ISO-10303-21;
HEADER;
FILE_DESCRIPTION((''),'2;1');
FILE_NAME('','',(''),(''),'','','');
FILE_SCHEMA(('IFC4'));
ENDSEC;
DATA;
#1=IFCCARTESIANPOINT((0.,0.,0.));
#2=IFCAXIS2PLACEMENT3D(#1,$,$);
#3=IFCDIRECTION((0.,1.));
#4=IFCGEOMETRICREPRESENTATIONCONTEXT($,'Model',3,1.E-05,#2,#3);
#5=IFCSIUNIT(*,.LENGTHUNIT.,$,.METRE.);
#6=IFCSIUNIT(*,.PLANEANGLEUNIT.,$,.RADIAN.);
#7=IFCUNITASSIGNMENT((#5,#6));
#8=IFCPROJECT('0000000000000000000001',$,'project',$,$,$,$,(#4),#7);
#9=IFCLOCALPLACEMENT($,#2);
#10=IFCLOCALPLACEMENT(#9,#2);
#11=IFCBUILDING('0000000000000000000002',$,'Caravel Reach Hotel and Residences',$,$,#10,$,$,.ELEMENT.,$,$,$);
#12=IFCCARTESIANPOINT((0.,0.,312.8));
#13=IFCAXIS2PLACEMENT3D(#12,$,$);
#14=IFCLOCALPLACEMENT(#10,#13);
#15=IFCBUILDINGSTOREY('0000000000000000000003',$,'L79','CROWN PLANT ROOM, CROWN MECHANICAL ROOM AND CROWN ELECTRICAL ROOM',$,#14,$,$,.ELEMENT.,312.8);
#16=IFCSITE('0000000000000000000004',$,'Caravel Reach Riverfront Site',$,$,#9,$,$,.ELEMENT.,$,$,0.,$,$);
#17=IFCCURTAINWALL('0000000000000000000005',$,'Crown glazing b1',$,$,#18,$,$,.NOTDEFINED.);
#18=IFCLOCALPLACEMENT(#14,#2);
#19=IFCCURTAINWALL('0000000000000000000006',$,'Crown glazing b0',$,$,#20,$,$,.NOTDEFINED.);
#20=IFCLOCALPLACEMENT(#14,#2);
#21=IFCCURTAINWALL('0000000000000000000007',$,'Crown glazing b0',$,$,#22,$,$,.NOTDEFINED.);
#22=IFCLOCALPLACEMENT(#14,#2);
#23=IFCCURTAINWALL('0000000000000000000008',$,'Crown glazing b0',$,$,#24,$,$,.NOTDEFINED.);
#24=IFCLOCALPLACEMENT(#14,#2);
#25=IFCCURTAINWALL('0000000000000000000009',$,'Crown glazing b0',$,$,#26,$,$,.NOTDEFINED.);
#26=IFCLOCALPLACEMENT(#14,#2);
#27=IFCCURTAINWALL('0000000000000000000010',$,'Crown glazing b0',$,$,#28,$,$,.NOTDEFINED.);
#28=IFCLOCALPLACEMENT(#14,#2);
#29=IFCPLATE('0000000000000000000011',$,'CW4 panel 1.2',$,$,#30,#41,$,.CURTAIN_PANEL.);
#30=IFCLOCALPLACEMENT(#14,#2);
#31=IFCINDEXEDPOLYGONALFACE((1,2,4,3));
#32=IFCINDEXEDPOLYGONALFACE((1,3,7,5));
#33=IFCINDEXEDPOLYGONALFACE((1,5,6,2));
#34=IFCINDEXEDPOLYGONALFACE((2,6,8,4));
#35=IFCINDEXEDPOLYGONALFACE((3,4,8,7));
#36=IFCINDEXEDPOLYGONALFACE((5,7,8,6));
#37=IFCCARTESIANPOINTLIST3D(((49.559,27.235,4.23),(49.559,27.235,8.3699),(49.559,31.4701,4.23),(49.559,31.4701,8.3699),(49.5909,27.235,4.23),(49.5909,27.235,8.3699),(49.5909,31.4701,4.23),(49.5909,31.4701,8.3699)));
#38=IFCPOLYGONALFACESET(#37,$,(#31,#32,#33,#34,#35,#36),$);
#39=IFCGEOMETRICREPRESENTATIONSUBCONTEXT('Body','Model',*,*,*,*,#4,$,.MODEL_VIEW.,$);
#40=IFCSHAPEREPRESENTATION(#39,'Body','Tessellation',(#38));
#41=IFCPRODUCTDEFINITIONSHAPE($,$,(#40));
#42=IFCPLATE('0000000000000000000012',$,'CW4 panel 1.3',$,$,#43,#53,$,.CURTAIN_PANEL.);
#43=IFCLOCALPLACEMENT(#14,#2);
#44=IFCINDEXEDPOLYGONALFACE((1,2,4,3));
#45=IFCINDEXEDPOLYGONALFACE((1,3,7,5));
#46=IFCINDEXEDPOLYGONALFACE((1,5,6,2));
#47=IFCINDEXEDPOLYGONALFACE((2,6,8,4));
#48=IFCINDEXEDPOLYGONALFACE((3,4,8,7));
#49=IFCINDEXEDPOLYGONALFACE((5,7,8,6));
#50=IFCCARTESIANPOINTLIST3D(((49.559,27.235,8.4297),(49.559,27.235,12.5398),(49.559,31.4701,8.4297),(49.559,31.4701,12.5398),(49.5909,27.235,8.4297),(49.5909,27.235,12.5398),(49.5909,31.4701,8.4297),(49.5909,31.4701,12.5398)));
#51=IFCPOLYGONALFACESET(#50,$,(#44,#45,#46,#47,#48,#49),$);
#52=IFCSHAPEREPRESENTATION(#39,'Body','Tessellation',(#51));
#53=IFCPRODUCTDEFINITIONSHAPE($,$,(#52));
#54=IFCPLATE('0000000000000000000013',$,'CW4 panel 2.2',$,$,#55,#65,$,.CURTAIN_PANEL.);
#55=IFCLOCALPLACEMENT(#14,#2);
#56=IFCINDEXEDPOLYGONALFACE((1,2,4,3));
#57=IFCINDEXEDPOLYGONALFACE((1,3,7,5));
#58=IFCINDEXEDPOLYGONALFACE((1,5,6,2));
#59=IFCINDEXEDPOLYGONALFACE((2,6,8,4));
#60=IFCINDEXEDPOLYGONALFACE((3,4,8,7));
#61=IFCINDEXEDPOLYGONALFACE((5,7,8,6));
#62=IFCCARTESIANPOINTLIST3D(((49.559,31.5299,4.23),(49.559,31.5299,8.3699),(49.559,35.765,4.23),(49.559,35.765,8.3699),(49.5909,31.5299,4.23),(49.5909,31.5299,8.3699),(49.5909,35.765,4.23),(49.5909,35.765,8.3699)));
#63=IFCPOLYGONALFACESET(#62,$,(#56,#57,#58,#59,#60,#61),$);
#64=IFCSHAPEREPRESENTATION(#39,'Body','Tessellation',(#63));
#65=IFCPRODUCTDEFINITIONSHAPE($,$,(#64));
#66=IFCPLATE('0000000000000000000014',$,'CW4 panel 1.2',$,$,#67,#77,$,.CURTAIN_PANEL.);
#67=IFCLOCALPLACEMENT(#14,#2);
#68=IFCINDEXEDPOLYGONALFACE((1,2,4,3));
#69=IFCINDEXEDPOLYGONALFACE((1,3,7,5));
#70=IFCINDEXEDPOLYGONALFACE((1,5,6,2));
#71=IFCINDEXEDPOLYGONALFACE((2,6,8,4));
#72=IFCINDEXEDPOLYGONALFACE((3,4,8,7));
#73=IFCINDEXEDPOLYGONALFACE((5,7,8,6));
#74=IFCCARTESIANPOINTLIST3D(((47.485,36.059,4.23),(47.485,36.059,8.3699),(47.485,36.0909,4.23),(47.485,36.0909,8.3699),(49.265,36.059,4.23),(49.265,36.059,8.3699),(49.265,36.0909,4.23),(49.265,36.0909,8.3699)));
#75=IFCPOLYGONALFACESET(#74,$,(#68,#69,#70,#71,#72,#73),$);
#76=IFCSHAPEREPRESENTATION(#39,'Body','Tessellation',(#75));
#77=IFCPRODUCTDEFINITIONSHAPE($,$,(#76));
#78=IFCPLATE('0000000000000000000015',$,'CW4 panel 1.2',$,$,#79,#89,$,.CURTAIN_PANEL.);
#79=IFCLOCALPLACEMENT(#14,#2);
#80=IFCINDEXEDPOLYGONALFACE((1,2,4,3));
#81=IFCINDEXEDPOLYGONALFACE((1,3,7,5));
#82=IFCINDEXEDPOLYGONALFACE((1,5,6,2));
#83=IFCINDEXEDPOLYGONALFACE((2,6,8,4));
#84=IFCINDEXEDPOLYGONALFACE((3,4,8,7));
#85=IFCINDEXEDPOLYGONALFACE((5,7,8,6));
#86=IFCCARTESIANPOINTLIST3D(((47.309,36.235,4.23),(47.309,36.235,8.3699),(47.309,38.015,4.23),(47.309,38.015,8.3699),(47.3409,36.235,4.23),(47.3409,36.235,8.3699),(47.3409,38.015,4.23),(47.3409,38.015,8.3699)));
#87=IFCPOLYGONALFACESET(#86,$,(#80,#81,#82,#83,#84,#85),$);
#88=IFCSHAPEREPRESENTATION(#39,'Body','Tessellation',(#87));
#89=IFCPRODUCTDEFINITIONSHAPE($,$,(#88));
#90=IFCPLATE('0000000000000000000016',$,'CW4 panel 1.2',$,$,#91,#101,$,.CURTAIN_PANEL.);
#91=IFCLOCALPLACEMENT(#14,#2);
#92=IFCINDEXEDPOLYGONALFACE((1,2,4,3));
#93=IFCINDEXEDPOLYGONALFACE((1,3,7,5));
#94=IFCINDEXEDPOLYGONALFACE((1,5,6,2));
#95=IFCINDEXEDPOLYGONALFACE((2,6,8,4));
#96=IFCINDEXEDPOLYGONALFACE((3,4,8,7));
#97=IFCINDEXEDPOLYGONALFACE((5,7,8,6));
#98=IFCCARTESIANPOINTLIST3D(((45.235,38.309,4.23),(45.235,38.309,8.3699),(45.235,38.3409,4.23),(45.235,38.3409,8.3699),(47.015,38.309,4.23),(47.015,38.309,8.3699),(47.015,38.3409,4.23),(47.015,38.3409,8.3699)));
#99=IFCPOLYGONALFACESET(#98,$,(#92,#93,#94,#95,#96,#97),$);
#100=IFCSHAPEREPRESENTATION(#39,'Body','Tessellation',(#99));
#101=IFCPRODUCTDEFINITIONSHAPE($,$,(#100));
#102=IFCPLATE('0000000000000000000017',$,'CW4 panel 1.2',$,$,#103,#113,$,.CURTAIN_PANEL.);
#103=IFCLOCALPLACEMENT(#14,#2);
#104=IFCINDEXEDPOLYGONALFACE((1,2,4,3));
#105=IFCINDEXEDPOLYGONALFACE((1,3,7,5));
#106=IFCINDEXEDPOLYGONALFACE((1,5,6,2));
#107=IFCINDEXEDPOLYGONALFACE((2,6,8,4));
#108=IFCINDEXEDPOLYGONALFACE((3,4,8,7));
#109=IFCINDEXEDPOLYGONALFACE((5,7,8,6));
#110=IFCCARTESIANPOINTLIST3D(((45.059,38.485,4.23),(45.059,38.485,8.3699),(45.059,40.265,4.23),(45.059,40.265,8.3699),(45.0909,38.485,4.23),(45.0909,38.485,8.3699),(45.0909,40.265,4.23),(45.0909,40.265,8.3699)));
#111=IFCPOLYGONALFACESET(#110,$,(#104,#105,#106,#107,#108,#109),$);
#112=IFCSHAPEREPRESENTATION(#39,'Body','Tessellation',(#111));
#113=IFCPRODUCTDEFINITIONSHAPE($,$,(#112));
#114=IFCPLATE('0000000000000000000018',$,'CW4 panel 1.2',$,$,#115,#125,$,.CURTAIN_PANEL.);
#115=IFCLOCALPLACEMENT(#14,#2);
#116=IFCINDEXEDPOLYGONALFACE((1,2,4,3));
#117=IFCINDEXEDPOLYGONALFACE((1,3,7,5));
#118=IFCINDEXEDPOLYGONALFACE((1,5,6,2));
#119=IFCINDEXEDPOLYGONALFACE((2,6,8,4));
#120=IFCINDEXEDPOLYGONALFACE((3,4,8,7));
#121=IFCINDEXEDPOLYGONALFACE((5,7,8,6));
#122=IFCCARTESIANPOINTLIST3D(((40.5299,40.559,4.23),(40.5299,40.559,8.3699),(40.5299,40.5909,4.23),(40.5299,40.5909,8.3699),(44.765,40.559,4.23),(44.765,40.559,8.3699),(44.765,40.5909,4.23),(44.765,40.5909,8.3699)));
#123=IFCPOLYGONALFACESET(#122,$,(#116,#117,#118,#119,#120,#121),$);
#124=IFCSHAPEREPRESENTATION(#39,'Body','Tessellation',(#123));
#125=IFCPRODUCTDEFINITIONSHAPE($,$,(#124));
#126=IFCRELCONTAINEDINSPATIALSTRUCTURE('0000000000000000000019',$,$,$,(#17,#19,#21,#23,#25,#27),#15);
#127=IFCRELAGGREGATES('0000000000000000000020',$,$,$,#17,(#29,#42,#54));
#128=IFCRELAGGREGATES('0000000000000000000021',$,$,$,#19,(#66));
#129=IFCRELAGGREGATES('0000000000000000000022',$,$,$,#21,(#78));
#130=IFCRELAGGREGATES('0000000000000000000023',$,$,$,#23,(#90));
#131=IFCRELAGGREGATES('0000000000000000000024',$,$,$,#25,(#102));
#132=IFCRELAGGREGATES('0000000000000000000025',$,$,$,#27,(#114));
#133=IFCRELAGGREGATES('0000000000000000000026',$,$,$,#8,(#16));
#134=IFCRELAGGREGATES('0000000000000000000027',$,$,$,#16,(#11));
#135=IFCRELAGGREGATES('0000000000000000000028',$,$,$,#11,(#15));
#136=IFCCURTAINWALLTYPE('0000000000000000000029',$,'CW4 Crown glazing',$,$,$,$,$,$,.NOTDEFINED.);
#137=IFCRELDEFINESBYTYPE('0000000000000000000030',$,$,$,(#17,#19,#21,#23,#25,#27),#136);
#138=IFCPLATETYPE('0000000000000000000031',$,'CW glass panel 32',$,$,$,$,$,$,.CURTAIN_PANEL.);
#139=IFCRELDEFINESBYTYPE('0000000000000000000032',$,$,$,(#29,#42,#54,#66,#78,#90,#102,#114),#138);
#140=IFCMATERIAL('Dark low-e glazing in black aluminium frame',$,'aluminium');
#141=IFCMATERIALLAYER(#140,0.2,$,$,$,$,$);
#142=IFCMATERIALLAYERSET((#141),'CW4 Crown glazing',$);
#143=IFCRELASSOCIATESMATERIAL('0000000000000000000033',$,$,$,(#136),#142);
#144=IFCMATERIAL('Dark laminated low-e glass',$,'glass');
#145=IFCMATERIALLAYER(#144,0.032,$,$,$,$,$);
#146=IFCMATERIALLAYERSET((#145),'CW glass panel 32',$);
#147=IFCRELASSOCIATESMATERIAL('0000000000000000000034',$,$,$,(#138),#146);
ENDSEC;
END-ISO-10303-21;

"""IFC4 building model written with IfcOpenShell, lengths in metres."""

from ifc_helpers import new_model, si_unit, direction, frame, origin, origin_2d, place, context, subcontext, project, spatial, rectangle, extrude, material, layer, layer_set, type_object, element, aggregate, save


model = new_model("IFC4")

# Units and contexts
model_context = context("Model", 3, precision=1e-05, world=origin(), true_north=direction((0.0, 1.0)))
body_context = subcontext(model_context, "Body", "Model", "MODEL_VIEW")
ifc_project = project(units=[si_unit("LENGTHUNIT", "METRE"), si_unit("PLANEANGLEUNIT", "RADIAN")], contexts=[model_context])

# Site, building, storey
site_placement = place(None, origin())
site = spatial("IfcSite", under=ifc_project, at=site_placement, Name="Caravel Reach Riverfront Site", CompositionType="ELEMENT", RefElevation=0.0)
building_placement = place(site_placement, origin())
building = spatial("IfcBuilding", under=site, at=building_placement, Name="Caravel Reach Hotel and Residences", CompositionType="ELEMENT")
storey_placement = place(building_placement, frame((0.0, 0.0, 312.8)))
storey = spatial("IfcBuildingStorey", under=building, at=storey_placement, Name="L79", Description="CROWN PLANT ROOM, CROWN MECHANICAL ROOM AND CROWN ELECTRICAL ROOM", CompositionType="ELEMENT", Elevation=312.8)

# Curtain walls
ifc_material_1 = material(Name="Dark low-e glazing in black aluminium frame", Category="aluminium")
ifc_layer_1 = layer(ifc_material_1, 0.2)
ifc_layer_set_1 = layer_set([ifc_layer_1], Name="CW4 Crown glazing")
curtain_wall_type = type_object("IfcCurtainWallType", Name="CW4 Crown glazing", PredefinedType="NOTDEFINED", material=ifc_layer_set_1)
curtain_wall_1_placement = place(storey_placement, origin())
curtain_wall_1 = element("IfcCurtainWall", 1, at=curtain_wall_1_placement, inside=storey, type_object=curtain_wall_type, Name="Crown glazing b1", PredefinedType="NOTDEFINED")
curtain_wall_2_placement = place(storey_placement, origin())
curtain_wall_2 = element("IfcCurtainWall", 2, at=curtain_wall_2_placement, inside=storey, type_object=curtain_wall_type, Name="Crown glazing b0", PredefinedType="NOTDEFINED")
curtain_wall_3_placement = place(storey_placement, origin())
curtain_wall_3 = element("IfcCurtainWall", 3, at=curtain_wall_3_placement, inside=storey, type_object=curtain_wall_type, Name="Crown glazing b0", PredefinedType="NOTDEFINED")
curtain_wall_4_placement = place(storey_placement, origin())
curtain_wall_4 = element("IfcCurtainWall", 4, at=curtain_wall_4_placement, inside=storey, type_object=curtain_wall_type, Name="Crown glazing b0", PredefinedType="NOTDEFINED")
curtain_wall_5_placement = place(storey_placement, origin())
curtain_wall_5 = element("IfcCurtainWall", 5, at=curtain_wall_5_placement, inside=storey, type_object=curtain_wall_type, Name="Crown glazing b0", PredefinedType="NOTDEFINED")
curtain_wall_6_placement = place(storey_placement, origin())
curtain_wall_6 = element("IfcCurtainWall", 6, at=curtain_wall_6_placement, inside=storey, type_object=curtain_wall_type, Name="Crown glazing b0", PredefinedType="NOTDEFINED")

# Plates
ifc_material_2 = material(Name="Dark laminated low-e glass", Category="glass")
ifc_layer_2 = layer(ifc_material_2, 0.032)
ifc_layer_set_2 = layer_set([ifc_layer_2], Name="CW glass panel 32")
plate_type = type_object("IfcPlateType", Name="CW glass panel 32", PredefinedType="CURTAIN_PANEL", material=ifc_layer_set_2)
plate_1_placement = place(storey_placement, frame((49.575, 29.3525, 4.23), z_axis=(0.0, 0.0, 1.0), x_axis=(0.0, 1.0, 0.0)))
plate_1 = element("IfcPlate", 7, at=plate_1_placement, type_object=plate_type, Name="CW4 panel 1.2", PredefinedType="CURTAIN_PANEL", context=body_context, shape_type="SweptSolid", body=[
    extrude(rectangle(XDim=4.2351, YDim=0.032, at=origin_2d()), origin(), (0.0, 0.0, 1.0), 4.1399),
])
plate_2_placement = place(storey_placement, frame((49.575, 29.3525, 8.4297), z_axis=(0.0, 0.0, 1.0), x_axis=(0.0, 1.0, 0.0)))
plate_2 = element("IfcPlate", 8, at=plate_2_placement, type_object=plate_type, Name="CW4 panel 1.3", PredefinedType="CURTAIN_PANEL", context=body_context, shape_type="SweptSolid", body=[
    extrude(rectangle(XDim=4.2351, YDim=0.032, at=origin_2d()), origin(), (0.0, 0.0, 1.0), 4.1101),
])
plate_3_placement = place(storey_placement, frame((49.575, 33.6475, 4.23), z_axis=(0.0, 0.0, 1.0), x_axis=(0.0, 1.0, 0.0)))
plate_3 = element("IfcPlate", 9, at=plate_3_placement, type_object=plate_type, Name="CW4 panel 2.2", PredefinedType="CURTAIN_PANEL", context=body_context, shape_type="SweptSolid", body=[
    extrude(rectangle(XDim=4.2351, YDim=0.032, at=origin_2d()), origin(), (0.0, 0.0, 1.0), 4.1399),
])
aggregate(curtain_wall_1, [plate_1, plate_2, plate_3])
plate_4_placement = place(storey_placement, frame((48.375, 36.075, 4.23), z_axis=(0.0, 0.0, 1.0), x_axis=(-1.0, 0.0, 0.0)))
plate_4 = element("IfcPlate", 10, at=plate_4_placement, type_object=plate_type, Name="CW4 panel 1.2", PredefinedType="CURTAIN_PANEL", context=body_context, shape_type="SweptSolid", body=[
    extrude(rectangle(XDim=1.78, YDim=0.032, at=origin_2d()), origin(), (0.0, 0.0, 1.0), 4.1399),
])
aggregate(curtain_wall_2, [plate_4])
plate_5_placement = place(storey_placement, frame((47.325, 37.125, 4.23), z_axis=(0.0, 0.0, 1.0), x_axis=(0.0, 1.0, 0.0)))
plate_5 = element("IfcPlate", 11, at=plate_5_placement, type_object=plate_type, Name="CW4 panel 1.2", PredefinedType="CURTAIN_PANEL", context=body_context, shape_type="SweptSolid", body=[
    extrude(rectangle(XDim=1.78, YDim=0.032, at=origin_2d()), origin(), (0.0, 0.0, 1.0), 4.1399),
])
aggregate(curtain_wall_3, [plate_5])
plate_6_placement = place(storey_placement, frame((46.125, 38.325, 4.23), z_axis=(0.0, 0.0, 1.0), x_axis=(-1.0, 0.0, 0.0)))
plate_6 = element("IfcPlate", 12, at=plate_6_placement, type_object=plate_type, Name="CW4 panel 1.2", PredefinedType="CURTAIN_PANEL", context=body_context, shape_type="SweptSolid", body=[
    extrude(rectangle(XDim=1.78, YDim=0.032, at=origin_2d()), origin(), (0.0, 0.0, 1.0), 4.1399),
])
aggregate(curtain_wall_4, [plate_6])
plate_7_placement = place(storey_placement, frame((45.075, 39.375, 4.23), z_axis=(0.0, 0.0, 1.0), x_axis=(0.0, 1.0, 0.0)))
plate_7 = element("IfcPlate", 13, at=plate_7_placement, type_object=plate_type, Name="CW4 panel 1.2", PredefinedType="CURTAIN_PANEL", context=body_context, shape_type="SweptSolid", body=[
    extrude(rectangle(XDim=1.78, YDim=0.032, at=origin_2d()), origin(), (0.0, 0.0, 1.0), 4.1399),
])
aggregate(curtain_wall_5, [plate_7])
plate_8_placement = place(storey_placement, frame((42.6475, 40.575, 4.23), z_axis=(0.0, 0.0, 1.0), x_axis=(-1.0, 0.0, 0.0)))
plate_8 = element("IfcPlate", 14, at=plate_8_placement, type_object=plate_type, Name="CW4 panel 1.2", PredefinedType="CURTAIN_PANEL", context=body_context, shape_type="SweptSolid", body=[
    extrude(rectangle(XDim=4.2351, YDim=0.032, at=origin_2d()), origin(), (0.0, 0.0, 1.0), 4.1399),
])
aggregate(curtain_wall_6, [plate_8])

save(model, "model.ifc")
